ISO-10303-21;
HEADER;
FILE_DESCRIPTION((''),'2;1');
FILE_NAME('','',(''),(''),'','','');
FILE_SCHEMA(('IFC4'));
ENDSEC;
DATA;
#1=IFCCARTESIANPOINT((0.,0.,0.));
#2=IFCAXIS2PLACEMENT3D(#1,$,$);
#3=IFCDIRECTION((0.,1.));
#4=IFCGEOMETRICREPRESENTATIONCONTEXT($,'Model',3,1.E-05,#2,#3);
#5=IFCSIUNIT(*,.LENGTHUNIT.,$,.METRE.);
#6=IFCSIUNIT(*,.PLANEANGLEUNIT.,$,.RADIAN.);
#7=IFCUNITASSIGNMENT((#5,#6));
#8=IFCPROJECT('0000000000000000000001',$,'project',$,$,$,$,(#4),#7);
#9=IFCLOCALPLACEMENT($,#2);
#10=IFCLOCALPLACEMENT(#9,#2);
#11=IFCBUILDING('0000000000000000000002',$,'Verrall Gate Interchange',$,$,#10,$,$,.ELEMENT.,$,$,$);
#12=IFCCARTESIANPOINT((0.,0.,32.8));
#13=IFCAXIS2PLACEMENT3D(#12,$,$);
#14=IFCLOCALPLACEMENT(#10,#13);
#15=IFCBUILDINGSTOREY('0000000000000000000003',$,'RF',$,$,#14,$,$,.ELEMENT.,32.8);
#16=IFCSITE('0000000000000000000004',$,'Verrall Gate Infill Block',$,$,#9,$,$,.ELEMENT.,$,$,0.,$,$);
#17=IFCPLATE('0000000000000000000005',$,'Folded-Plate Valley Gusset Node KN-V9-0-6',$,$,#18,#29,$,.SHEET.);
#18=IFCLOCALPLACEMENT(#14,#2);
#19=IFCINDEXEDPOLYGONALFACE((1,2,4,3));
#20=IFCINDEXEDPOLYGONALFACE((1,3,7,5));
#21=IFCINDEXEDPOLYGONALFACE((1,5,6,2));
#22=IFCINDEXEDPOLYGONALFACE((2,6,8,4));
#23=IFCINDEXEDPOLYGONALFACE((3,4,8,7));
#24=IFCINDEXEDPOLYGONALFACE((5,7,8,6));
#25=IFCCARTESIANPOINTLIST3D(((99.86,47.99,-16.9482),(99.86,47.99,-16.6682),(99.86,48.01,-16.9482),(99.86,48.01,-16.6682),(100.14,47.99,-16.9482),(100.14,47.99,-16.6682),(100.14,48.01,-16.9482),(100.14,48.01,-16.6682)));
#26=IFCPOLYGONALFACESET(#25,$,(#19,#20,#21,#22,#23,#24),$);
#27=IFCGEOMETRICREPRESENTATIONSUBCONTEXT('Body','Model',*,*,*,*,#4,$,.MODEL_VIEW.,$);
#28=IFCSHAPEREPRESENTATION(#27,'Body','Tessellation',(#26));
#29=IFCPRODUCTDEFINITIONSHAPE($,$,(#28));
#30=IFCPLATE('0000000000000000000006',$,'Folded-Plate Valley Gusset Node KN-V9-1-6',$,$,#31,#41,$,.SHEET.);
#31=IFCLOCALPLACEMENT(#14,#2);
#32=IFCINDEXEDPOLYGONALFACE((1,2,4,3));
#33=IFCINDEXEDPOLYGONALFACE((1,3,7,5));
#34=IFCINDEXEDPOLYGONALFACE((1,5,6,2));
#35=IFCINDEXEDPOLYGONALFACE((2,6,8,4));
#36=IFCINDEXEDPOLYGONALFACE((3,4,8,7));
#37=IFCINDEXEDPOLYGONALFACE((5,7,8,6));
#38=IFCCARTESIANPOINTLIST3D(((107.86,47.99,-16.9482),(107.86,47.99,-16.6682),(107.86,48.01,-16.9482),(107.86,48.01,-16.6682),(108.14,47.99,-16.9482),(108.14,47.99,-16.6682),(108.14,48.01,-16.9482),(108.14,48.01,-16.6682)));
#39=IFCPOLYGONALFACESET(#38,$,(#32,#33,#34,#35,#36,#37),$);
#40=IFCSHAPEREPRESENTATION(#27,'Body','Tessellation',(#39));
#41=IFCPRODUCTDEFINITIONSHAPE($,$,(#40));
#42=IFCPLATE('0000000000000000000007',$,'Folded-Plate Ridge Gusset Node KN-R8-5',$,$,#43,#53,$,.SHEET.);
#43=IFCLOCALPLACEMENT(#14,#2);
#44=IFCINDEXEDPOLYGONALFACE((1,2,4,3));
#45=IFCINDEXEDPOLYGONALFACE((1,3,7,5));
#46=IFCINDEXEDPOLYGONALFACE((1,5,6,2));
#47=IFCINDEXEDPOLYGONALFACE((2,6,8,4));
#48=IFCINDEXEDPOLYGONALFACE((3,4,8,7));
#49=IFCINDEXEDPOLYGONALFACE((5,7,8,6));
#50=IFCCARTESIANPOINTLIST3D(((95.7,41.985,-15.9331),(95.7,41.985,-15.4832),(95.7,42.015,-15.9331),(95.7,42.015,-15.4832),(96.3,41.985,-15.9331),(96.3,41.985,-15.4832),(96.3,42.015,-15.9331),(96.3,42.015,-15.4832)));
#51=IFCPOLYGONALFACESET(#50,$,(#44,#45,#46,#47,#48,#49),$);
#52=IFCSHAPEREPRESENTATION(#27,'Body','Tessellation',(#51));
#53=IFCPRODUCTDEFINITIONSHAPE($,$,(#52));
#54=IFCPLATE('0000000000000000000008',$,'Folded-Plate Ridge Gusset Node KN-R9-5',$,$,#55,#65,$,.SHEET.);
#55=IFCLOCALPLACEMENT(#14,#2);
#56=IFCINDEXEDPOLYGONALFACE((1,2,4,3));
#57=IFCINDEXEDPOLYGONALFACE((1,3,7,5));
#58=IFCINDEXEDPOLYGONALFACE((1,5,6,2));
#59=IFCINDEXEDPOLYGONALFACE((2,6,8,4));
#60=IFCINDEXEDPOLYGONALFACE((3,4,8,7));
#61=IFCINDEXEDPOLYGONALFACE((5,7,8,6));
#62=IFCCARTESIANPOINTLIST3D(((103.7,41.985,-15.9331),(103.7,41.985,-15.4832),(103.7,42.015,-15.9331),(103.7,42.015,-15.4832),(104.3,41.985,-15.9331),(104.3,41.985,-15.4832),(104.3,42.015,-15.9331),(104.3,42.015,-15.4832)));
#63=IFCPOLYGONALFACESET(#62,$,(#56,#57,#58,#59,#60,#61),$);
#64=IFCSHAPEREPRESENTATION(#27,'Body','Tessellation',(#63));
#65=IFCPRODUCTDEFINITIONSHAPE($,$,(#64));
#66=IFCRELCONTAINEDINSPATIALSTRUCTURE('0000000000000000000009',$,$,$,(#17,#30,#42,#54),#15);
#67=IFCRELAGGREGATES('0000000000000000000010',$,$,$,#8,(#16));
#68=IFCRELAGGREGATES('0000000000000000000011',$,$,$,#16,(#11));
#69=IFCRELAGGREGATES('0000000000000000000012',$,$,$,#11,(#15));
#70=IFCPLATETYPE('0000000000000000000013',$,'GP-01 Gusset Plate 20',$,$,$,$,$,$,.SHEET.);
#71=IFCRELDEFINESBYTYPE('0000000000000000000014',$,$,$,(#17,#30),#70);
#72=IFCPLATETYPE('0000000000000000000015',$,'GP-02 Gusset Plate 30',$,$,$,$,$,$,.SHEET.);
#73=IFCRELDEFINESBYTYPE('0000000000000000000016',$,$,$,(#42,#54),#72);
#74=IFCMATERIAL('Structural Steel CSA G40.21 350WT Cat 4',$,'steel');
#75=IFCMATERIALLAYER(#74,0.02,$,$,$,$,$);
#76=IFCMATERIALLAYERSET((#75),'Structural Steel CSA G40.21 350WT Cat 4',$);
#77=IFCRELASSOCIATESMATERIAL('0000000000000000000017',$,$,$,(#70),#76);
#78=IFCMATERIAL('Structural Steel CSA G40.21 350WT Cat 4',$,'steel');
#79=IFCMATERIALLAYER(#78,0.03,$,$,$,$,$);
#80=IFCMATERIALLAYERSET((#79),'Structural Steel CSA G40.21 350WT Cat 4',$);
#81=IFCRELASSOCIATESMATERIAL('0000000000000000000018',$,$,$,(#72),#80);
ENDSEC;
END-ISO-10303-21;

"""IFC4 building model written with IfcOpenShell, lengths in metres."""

from ifc_helpers import new_model, si_unit, direction, frame, origin, origin_2d, place, context, subcontext, project, spatial, rectangle, extrude, material, layer, layer_set, type_object, element, save


model = new_model("IFC4")

# Units and contexts
model_context = context("Model", 3, precision=1e-05, world=origin(), true_north=direction((0.0, 1.0)))
body_context = subcontext(model_context, "Body", "Model", "MODEL_VIEW")
ifc_project = project(units=[si_unit("LENGTHUNIT", "METRE"), si_unit("PLANEANGLEUNIT", "RADIAN")], contexts=[model_context])

# Site, building, storey
site_placement = place(None, origin())
site = spatial("IfcSite", under=ifc_project, at=site_placement, Name="Verrall Gate Infill Block", CompositionType="ELEMENT", RefElevation=0.0)
building_placement = place(site_placement, origin())
building = spatial("IfcBuilding", under=site, at=building_placement, Name="Verrall Gate Interchange", CompositionType="ELEMENT")
storey_placement = place(building_placement, frame((0.0, 0.0, 32.8)))
storey = spatial("IfcBuildingStorey", under=building, at=storey_placement, Name="RF", CompositionType="ELEMENT", Elevation=32.8)

# Plates
ifc_material_1 = material(Name="Structural Steel CSA G40.21 350WT Cat 4", Category="steel")
ifc_layer_1 = layer(ifc_material_1, 0.02)
ifc_layer_set_1 = layer_set([ifc_layer_1], Name="Structural Steel CSA G40.21 350WT Cat 4")
plate_type_1 = type_object("IfcPlateType", Name="GP-01 Gusset Plate 20", PredefinedType="SHEET", material=ifc_layer_set_1)
for number, where, z_axis, x_axis, name in (
    (1, (100.0, 48.0, -16.9482), (0.0, 0.0, 1.0), (1.0, 0.0, 0.0), "Folded-Plate Valley Gusset Node KN-V9-0-6"),
    (2, (108.0, 48.0, -16.9482), (0.0, 0.0, 1.0), (1.0, 0.0, 0.0), "Folded-Plate Valley Gusset Node KN-V9-1-6"),
):
    element("IfcPlate", number, at=place(storey_placement, frame(where, z_axis=z_axis, x_axis=x_axis)), inside=storey, type_object=plate_type_1, Name=name, PredefinedType="SHEET", context=body_context, shape_type="SweptSolid", body=[
        extrude(rectangle(XDim=0.28, YDim=0.02, at=origin_2d()), origin(), (0.0, 0.0, 1.0), 0.28),
    ])
ifc_material_2 = material(Name="Structural Steel CSA G40.21 350WT Cat 4", Category="steel")
ifc_layer_2 = layer(ifc_material_2, 0.03)
ifc_layer_set_2 = layer_set([ifc_layer_2], Name="Structural Steel CSA G40.21 350WT Cat 4")
plate_type_2 = type_object("IfcPlateType", Name="GP-02 Gusset Plate 30", PredefinedType="SHEET", material=ifc_layer_set_2)
for number, where, z_axis, x_axis, name in (
    (3, (96.0, 42.0, -15.9331), (0.0, 0.0, 1.0), (1.0, 0.0, 0.0), "Folded-Plate Ridge Gusset Node KN-R8-5"),
    (4, (104.0, 42.0, -15.9331), (0.0, 0.0, 1.0), (1.0, 0.0, 0.0), "Folded-Plate Ridge Gusset Node KN-R9-5"),
):
    element("IfcPlate", number, at=place(storey_placement, frame(where, z_axis=z_axis, x_axis=x_axis)), inside=storey, type_object=plate_type_2, Name=name, PredefinedType="SHEET", context=body_context, shape_type="SweptSolid", body=[
        extrude(rectangle(XDim=0.6001, YDim=0.03, at=origin_2d()), origin(), (0.0, 0.0, 1.0), 0.45),
    ])

save(model, "model.ifc")
